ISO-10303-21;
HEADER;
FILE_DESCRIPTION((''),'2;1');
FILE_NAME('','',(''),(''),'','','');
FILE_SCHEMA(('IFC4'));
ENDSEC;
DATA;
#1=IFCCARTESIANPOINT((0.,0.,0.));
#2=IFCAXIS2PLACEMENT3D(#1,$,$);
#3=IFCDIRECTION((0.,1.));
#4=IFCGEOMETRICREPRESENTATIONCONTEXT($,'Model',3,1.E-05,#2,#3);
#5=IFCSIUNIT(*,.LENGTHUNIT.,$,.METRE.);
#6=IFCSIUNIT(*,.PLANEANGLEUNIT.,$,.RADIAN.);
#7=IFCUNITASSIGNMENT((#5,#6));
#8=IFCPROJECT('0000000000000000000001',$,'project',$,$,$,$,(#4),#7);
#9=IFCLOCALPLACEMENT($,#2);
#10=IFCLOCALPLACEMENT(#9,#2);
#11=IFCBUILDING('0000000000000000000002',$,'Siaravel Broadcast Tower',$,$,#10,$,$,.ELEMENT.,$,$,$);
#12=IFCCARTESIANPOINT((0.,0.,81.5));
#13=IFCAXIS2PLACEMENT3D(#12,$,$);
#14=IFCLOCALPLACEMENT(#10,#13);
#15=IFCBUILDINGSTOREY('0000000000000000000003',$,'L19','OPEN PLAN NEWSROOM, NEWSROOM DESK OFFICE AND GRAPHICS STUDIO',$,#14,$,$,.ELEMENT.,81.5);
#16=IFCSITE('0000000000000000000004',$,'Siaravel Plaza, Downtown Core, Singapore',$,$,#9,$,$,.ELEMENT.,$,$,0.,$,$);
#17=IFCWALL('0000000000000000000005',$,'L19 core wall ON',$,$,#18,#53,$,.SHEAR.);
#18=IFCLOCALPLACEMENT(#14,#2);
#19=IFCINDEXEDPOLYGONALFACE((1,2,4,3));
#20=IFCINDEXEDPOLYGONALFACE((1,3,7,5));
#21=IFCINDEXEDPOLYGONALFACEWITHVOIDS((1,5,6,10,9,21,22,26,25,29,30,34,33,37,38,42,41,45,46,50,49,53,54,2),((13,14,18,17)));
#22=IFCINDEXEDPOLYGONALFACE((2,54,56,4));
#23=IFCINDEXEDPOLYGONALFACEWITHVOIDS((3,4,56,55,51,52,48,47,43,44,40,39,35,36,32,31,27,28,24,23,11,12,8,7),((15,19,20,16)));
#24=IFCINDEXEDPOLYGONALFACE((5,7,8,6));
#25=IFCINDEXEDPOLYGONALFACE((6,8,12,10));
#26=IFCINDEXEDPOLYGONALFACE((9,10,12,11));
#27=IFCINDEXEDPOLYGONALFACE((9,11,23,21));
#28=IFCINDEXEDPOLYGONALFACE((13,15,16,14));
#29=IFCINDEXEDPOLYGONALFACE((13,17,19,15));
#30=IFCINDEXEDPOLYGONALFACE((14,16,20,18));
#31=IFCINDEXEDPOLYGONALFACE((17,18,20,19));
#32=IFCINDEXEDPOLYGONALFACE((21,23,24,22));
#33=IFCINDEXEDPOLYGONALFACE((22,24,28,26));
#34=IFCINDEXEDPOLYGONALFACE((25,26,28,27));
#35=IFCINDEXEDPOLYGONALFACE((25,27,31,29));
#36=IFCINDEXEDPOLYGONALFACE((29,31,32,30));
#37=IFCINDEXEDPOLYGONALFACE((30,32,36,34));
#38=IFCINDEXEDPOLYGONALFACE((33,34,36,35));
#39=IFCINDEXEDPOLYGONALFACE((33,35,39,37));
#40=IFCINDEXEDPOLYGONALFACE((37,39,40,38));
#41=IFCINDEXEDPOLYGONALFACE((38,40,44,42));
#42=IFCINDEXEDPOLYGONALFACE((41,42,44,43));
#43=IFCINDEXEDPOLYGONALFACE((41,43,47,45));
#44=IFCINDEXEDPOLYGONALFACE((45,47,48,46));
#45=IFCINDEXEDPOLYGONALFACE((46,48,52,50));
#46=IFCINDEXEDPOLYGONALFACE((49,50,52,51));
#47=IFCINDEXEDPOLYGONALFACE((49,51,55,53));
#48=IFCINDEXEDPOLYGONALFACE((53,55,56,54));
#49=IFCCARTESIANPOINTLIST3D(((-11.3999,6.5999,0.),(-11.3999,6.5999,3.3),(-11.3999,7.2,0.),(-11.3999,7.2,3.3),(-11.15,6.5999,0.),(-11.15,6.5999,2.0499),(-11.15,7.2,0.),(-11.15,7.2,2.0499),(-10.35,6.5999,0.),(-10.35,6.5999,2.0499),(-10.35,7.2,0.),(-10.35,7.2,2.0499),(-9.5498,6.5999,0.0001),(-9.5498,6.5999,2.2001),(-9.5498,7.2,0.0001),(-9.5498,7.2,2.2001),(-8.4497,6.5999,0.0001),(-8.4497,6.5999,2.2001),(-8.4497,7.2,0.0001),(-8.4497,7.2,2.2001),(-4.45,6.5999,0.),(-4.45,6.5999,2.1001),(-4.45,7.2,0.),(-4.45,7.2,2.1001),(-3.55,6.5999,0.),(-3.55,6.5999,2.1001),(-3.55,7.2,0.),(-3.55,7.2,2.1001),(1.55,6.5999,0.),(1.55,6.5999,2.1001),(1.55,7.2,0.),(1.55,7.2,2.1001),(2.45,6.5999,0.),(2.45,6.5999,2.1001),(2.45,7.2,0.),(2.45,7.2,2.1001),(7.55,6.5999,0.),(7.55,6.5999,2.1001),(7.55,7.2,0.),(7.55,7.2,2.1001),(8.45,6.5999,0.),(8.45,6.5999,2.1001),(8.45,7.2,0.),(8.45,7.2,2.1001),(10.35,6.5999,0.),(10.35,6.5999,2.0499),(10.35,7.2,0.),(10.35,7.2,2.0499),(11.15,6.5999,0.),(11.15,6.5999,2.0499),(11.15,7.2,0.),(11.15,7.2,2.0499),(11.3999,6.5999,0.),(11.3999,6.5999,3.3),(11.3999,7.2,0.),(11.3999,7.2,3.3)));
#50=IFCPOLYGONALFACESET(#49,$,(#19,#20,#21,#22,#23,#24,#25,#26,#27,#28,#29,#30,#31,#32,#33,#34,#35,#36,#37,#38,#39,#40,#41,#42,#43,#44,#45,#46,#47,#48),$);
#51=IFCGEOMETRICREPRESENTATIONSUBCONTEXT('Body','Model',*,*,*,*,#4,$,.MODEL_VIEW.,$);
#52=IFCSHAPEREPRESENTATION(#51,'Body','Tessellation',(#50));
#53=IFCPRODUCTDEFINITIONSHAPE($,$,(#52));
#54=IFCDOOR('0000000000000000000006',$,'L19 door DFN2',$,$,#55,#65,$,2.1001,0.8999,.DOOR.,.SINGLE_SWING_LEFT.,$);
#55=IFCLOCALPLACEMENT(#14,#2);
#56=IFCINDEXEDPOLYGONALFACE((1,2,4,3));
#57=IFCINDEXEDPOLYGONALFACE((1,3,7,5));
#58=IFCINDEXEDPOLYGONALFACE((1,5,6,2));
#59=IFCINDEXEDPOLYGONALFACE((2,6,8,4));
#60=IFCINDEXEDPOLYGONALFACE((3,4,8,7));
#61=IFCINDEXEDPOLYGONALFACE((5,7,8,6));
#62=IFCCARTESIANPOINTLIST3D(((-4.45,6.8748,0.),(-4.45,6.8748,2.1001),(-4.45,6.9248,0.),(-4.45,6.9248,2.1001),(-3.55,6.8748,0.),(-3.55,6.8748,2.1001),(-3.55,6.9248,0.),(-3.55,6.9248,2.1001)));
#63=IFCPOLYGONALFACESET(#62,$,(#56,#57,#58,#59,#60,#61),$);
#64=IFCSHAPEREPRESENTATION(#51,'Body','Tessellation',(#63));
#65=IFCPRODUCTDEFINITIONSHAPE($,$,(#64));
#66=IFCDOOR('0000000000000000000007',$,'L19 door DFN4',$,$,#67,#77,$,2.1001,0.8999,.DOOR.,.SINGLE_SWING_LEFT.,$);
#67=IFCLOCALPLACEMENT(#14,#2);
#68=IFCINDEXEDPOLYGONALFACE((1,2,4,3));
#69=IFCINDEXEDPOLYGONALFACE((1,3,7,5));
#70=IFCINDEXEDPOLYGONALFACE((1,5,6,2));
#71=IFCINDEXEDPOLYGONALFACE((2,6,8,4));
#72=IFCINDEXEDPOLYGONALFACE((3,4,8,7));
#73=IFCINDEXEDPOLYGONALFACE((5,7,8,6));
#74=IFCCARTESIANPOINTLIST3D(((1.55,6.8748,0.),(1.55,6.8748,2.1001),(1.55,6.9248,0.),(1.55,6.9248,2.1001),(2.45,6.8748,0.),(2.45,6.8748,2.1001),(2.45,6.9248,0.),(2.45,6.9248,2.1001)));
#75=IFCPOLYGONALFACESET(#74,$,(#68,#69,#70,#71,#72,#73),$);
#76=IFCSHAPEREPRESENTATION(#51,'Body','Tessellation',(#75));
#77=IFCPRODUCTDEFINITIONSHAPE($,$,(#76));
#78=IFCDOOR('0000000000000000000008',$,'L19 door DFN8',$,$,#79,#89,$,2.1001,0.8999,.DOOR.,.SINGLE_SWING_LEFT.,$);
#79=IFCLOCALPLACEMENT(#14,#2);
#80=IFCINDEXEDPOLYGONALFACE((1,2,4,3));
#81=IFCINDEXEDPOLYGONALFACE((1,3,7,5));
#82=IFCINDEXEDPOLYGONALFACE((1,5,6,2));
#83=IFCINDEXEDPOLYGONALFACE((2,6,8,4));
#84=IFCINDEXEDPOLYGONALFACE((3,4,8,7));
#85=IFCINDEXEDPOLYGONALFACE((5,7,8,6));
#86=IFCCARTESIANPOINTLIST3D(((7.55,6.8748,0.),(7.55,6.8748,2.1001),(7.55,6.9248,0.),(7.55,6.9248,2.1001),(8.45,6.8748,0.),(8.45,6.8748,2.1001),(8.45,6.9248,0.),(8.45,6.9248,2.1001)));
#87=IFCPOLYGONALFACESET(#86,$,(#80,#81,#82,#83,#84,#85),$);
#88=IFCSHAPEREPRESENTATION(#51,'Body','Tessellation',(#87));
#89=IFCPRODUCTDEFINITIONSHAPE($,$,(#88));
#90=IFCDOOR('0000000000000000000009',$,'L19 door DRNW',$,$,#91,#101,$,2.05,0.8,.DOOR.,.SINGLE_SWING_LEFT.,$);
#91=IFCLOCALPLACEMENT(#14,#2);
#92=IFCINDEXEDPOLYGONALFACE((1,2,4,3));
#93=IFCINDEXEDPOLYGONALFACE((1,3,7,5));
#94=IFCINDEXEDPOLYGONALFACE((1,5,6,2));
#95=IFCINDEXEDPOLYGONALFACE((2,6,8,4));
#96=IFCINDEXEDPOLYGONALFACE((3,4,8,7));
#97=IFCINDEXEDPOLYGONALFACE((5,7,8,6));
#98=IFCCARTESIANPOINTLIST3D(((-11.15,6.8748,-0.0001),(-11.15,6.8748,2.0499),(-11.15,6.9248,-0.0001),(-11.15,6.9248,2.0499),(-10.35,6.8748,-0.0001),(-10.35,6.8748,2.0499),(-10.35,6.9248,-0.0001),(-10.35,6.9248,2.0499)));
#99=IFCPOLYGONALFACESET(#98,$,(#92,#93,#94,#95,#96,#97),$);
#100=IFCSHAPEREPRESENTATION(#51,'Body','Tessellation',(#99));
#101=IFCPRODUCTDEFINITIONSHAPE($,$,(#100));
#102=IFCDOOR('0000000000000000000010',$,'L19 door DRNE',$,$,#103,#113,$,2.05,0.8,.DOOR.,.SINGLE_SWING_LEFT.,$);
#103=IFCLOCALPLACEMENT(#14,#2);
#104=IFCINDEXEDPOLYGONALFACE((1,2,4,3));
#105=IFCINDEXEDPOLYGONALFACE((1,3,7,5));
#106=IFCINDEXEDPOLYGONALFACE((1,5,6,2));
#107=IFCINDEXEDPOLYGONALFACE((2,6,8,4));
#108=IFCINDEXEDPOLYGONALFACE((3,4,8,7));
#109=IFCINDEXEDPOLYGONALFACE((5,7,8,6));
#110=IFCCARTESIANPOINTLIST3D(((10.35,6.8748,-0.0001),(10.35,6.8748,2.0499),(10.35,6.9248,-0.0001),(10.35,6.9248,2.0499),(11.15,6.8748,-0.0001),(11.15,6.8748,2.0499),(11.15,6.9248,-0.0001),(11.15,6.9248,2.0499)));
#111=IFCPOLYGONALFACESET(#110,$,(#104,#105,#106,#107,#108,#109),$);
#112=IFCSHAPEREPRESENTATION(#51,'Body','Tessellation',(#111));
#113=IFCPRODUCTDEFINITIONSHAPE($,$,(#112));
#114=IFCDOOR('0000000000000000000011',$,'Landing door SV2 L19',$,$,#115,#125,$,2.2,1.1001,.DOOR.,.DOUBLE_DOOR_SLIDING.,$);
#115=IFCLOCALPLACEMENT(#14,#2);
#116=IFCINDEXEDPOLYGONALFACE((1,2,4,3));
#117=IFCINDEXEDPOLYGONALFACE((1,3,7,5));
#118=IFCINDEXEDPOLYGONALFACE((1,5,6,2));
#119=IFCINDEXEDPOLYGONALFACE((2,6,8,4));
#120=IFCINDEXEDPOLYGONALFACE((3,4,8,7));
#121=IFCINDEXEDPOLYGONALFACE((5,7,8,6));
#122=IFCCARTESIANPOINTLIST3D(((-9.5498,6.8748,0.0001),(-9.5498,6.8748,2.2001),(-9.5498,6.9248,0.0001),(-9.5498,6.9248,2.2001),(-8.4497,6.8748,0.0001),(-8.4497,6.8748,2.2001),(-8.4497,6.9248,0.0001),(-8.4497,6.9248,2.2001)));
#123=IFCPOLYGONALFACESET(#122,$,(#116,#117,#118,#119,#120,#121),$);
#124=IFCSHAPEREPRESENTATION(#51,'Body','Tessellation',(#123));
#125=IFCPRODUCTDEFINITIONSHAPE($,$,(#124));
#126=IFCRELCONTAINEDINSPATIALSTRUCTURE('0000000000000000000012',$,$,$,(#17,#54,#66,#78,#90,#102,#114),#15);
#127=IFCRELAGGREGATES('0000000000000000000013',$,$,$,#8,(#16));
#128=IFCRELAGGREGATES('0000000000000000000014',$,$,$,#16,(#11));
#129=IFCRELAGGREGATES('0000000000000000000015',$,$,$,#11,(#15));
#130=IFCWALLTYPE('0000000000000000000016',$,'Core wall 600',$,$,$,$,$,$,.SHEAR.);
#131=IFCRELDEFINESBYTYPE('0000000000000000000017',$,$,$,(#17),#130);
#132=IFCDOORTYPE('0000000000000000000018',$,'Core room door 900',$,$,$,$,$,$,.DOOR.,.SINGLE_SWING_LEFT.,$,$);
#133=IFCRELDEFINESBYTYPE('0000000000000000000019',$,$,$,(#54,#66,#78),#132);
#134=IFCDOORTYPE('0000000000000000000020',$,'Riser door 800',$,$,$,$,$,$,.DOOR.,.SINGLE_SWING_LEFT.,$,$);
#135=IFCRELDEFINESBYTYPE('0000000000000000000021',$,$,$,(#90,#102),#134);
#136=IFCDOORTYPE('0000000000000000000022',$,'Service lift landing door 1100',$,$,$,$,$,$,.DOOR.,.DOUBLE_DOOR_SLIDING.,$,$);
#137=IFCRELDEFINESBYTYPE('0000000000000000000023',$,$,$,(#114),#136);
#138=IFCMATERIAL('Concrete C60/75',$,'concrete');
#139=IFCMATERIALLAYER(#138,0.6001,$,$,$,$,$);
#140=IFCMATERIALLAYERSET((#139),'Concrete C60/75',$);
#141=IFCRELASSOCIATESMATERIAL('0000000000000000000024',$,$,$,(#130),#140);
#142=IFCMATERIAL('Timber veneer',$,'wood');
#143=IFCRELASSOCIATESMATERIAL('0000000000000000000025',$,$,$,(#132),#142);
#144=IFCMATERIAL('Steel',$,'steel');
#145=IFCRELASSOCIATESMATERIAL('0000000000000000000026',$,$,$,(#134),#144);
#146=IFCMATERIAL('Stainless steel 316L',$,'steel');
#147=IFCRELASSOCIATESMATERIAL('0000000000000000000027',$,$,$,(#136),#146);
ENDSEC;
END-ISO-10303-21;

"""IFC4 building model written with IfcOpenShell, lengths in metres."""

from ifc_helpers import new_model, si_unit, direction, frame, frame_2d, origin, place, context, subcontext, project, spatial, rectangle, extrude, material, layer, layer_set, type_object, element, fill, save


model = new_model("IFC4")

# Units and contexts
model_context = context("Model", 3, precision=1e-05, world=origin(), true_north=direction((0.0, 1.0)))
body_context = subcontext(model_context, "Body", "Model", "MODEL_VIEW")
ifc_project = project(units=[si_unit("LENGTHUNIT", "METRE"), si_unit("PLANEANGLEUNIT", "RADIAN")], contexts=[model_context])

# Site, building, storey
site_placement = place(None, origin())
site = spatial("IfcSite", under=ifc_project, at=site_placement, Name="Siaravel Plaza, Downtown Core, Singapore", CompositionType="ELEMENT", RefElevation=0.0)
building_placement = place(site_placement, origin())
building = spatial("IfcBuilding", under=site, at=building_placement, Name="Siaravel Broadcast Tower", CompositionType="ELEMENT")
storey_placement = place(building_placement, frame((0.0, 0.0, 81.5)))
storey = spatial("IfcBuildingStorey", under=building, at=storey_placement, Name="L19", Description="OPEN PLAN NEWSROOM, NEWSROOM DESK OFFICE AND GRAPHICS STUDIO", CompositionType="ELEMENT", Elevation=81.5)

# Wall, openings, doors
ifc_material_1 = material(Name="Concrete C60/75", Category="concrete")
ifc_layer_1 = layer(ifc_material_1, 0.6001)
ifc_layer_set_1 = layer_set([ifc_layer_1], Name="Concrete C60/75")
wall_type_1 = type_object("IfcWallType", Name="Core wall 600", PredefinedType="SHEAR", material=ifc_layer_set_1)
wall_1_placement = place(storey_placement, frame((-11.3999, 6.8999, 0.0), z_axis=(0.0, 0.0, 1.0), x_axis=(1.0, 0.0, 0.0)))
wall_1 = element("IfcWall", 1, at=wall_1_placement, inside=storey, type_object=wall_type_1, Name="L19 core wall ON", PredefinedType="SHEAR", context=body_context, shape_type="SweptSolid", body=[
    extrude(rectangle(XDim=22.7998, YDim=0.6001, at=frame_2d((11.3999, 0.0))), origin(), (0.0, 0.0, 1.0), 3.3),
])
opening_1_placement = place(wall_1_placement, frame((1.8501, 0.0, 0.0)))
opening_1 = element("IfcOpeningElement", 2, at=opening_1_placement, cuts=wall_1, PredefinedType="OPENING", context=body_context, shape_type="SweptSolid", body=[
    extrude(rectangle(XDim=1.1001, YDim=2.2, at=frame_2d((0.55, 1.1001))), frame((0.0, 0.3101, 0.0), z_axis=(0.0, -1.0, 0.0), x_axis=(1.0, 0.0, 0.0)), (0.0, 0.0, 1.0), 0.6201),
])
opening_2_placement = place(wall_1_placement, frame((6.95, 0.0, 0.0)))
opening_2 = element("IfcOpeningElement", 3, at=opening_2_placement, cuts=wall_1, PredefinedType="OPENING", context=body_context, shape_type="SweptSolid", body=[
    extrude(rectangle(XDim=0.8999, YDim=2.1001, at=frame_2d((0.45, 1.05))), frame((0.0, 0.3101, 0.0), z_axis=(0.0, -1.0, 0.0), x_axis=(1.0, 0.0, 0.0)), (0.0, 0.0, 1.0), 0.6201),
])
opening_3_placement = place(wall_1_placement, frame((12.95, 0.0, 0.0)))
opening_3 = element("IfcOpeningElement", 4, at=opening_3_placement, cuts=wall_1, PredefinedType="OPENING", context=body_context, shape_type="SweptSolid", body=[
    extrude(rectangle(XDim=0.8999, YDim=2.1001, at=frame_2d((0.45, 1.05))), frame((0.0, 0.3101, 0.0), z_axis=(0.0, -1.0, 0.0), x_axis=(1.0, 0.0, 0.0)), (0.0, 0.0, 1.0), 0.6201),
])
opening_4_placement = place(wall_1_placement, frame((18.95, 0.0, 0.0)))
opening_4 = element("IfcOpeningElement", 5, at=opening_4_placement, cuts=wall_1, PredefinedType="OPENING", context=body_context, shape_type="SweptSolid", body=[
    extrude(rectangle(XDim=0.8999, YDim=2.1001, at=frame_2d((0.45, 1.05))), frame((0.0, 0.3101, 0.0), z_axis=(0.0, -1.0, 0.0), x_axis=(1.0, 0.0, 0.0)), (0.0, 0.0, 1.0), 0.6201),
])
opening_5_placement = place(wall_1_placement, frame((0.25, 0.0, 0.0)))
opening_5 = element("IfcOpeningElement", 6, at=opening_5_placement, cuts=wall_1, PredefinedType="OPENING", context=body_context, shape_type="SweptSolid", body=[
    extrude(rectangle(XDim=0.8, YDim=2.05, at=frame_2d((0.3999, 1.0249))), frame((0.0, 0.3101, 0.0), z_axis=(0.0, -1.0, 0.0), x_axis=(1.0, 0.0, 0.0)), (0.0, 0.0, 1.0), 0.6201),
])
opening_6_placement = place(wall_1_placement, frame((21.75, 0.0, 0.0)))
opening_6 = element("IfcOpeningElement", 7, at=opening_6_placement, cuts=wall_1, PredefinedType="OPENING", context=body_context, shape_type="SweptSolid", body=[
    extrude(rectangle(XDim=0.8, YDim=2.05, at=frame_2d((0.3999, 1.0249))), frame((0.0, 0.3101, 0.0), z_axis=(0.0, -1.0, 0.0), x_axis=(1.0, 0.0, 0.0)), (0.0, 0.0, 1.0), 0.6201),
])
ifc_material_2 = material(Name="Timber veneer", Category="wood")
door_type_1 = type_object("IfcDoorType", Name="Core room door 900", OperationType="SINGLE_SWING_LEFT", PredefinedType="DOOR", material=ifc_material_2)
door_1_placement = place(opening_2_placement, origin())
door_1 = element("IfcDoor", 8, at=door_1_placement, inside=storey, type_object=door_type_1, Name="L19 door DFN2", OperationType="SINGLE_SWING_LEFT", OverallHeight=2.1001, OverallWidth=0.8999, PredefinedType="DOOR", context=body_context, shape_type="SweptSolid", body=[
    extrude(rectangle(XDim=0.8999, YDim=2.1001, at=frame_2d((0.45, 1.05))), frame((0.0, 0.0249, 0.0), z_axis=(0.0, -1.0, 0.0), x_axis=(1.0, 0.0, 0.0)), (0.0, 0.0, 1.0), 0.05),
])
fill(opening_2, door_1)
door_2_placement = place(opening_3_placement, origin())
door_2 = element("IfcDoor", 9, at=door_2_placement, inside=storey, type_object=door_type_1, Name="L19 door DFN4", OperationType="SINGLE_SWING_LEFT", OverallHeight=2.1001, OverallWidth=0.8999, PredefinedType="DOOR", context=body_context, shape_type="SweptSolid", body=[
    extrude(rectangle(XDim=0.8999, YDim=2.1001, at=frame_2d((0.45, 1.05))), frame((0.0, 0.0249, 0.0), z_axis=(0.0, -1.0, 0.0), x_axis=(1.0, 0.0, 0.0)), (0.0, 0.0, 1.0), 0.05),
])
fill(opening_3, door_2)
door_3_placement = place(opening_4_placement, origin())
door_3 = element("IfcDoor", 10, at=door_3_placement, inside=storey, type_object=door_type_1, Name="L19 door DFN8", OperationType="SINGLE_SWING_LEFT", OverallHeight=2.1001, OverallWidth=0.8999, PredefinedType="DOOR", context=body_context, shape_type="SweptSolid", body=[
    extrude(rectangle(XDim=0.8999, YDim=2.1001, at=frame_2d((0.45, 1.05))), frame((0.0, 0.0249, 0.0), z_axis=(0.0, -1.0, 0.0), x_axis=(1.0, 0.0, 0.0)), (0.0, 0.0, 1.0), 0.05),
])
fill(opening_4, door_3)
ifc_material_3 = material(Name="Steel", Category="steel")
door_type_2 = type_object("IfcDoorType", Name="Riser door 800", OperationType="SINGLE_SWING_LEFT", PredefinedType="DOOR", material=ifc_material_3)
door_4_placement = place(opening_5_placement, origin())
door_4 = element("IfcDoor", 11, at=door_4_placement, inside=storey, type_object=door_type_2, Name="L19 door DRNW", OperationType="SINGLE_SWING_LEFT", OverallHeight=2.05, OverallWidth=0.8, PredefinedType="DOOR", context=body_context, shape_type="SweptSolid", body=[
    extrude(rectangle(XDim=0.8, YDim=2.05, at=frame_2d((0.3999, 1.0249))), frame((0.0, 0.0249, 0.0), z_axis=(0.0, -1.0, 0.0), x_axis=(1.0, 0.0, 0.0)), (0.0, 0.0, 1.0), 0.05),
])
fill(opening_5, door_4)
door_5_placement = place(opening_6_placement, origin())
door_5 = element("IfcDoor", 12, at=door_5_placement, inside=storey, type_object=door_type_2, Name="L19 door DRNE", OperationType="SINGLE_SWING_LEFT", OverallHeight=2.05, OverallWidth=0.8, PredefinedType="DOOR", context=body_context, shape_type="SweptSolid", body=[
    extrude(rectangle(XDim=0.8, YDim=2.05, at=frame_2d((0.3999, 1.0249))), frame((0.0, 0.0249, 0.0), z_axis=(0.0, -1.0, 0.0), x_axis=(1.0, 0.0, 0.0)), (0.0, 0.0, 1.0), 0.05),
])
fill(opening_6, door_5)
ifc_material_4 = material(Name="Stainless steel 316L", Category="steel")
door_type_3 = type_object("IfcDoorType", Name="Service lift landing door 1100", OperationType="DOUBLE_DOOR_SLIDING", PredefinedType="DOOR", material=ifc_material_4)
door_6_placement = place(opening_1_placement, origin())
door_6 = element("IfcDoor", 13, at=door_6_placement, inside=storey, type_object=door_type_3, Name="Landing door SV2 L19", OperationType="DOUBLE_DOOR_SLIDING", OverallHeight=2.2, OverallWidth=1.1001, PredefinedType="DOOR", context=body_context, shape_type="SweptSolid", body=[
    extrude(rectangle(XDim=1.1001, YDim=2.2, at=frame_2d((0.55, 1.1001))), frame((0.0, 0.0249, 0.0), z_axis=(0.0, -1.0, 0.0), x_axis=(1.0, 0.0, 0.0)), (0.0, 0.0, 1.0), 0.05),
])
fill(opening_1, door_6)

save(model, "model.ifc")
